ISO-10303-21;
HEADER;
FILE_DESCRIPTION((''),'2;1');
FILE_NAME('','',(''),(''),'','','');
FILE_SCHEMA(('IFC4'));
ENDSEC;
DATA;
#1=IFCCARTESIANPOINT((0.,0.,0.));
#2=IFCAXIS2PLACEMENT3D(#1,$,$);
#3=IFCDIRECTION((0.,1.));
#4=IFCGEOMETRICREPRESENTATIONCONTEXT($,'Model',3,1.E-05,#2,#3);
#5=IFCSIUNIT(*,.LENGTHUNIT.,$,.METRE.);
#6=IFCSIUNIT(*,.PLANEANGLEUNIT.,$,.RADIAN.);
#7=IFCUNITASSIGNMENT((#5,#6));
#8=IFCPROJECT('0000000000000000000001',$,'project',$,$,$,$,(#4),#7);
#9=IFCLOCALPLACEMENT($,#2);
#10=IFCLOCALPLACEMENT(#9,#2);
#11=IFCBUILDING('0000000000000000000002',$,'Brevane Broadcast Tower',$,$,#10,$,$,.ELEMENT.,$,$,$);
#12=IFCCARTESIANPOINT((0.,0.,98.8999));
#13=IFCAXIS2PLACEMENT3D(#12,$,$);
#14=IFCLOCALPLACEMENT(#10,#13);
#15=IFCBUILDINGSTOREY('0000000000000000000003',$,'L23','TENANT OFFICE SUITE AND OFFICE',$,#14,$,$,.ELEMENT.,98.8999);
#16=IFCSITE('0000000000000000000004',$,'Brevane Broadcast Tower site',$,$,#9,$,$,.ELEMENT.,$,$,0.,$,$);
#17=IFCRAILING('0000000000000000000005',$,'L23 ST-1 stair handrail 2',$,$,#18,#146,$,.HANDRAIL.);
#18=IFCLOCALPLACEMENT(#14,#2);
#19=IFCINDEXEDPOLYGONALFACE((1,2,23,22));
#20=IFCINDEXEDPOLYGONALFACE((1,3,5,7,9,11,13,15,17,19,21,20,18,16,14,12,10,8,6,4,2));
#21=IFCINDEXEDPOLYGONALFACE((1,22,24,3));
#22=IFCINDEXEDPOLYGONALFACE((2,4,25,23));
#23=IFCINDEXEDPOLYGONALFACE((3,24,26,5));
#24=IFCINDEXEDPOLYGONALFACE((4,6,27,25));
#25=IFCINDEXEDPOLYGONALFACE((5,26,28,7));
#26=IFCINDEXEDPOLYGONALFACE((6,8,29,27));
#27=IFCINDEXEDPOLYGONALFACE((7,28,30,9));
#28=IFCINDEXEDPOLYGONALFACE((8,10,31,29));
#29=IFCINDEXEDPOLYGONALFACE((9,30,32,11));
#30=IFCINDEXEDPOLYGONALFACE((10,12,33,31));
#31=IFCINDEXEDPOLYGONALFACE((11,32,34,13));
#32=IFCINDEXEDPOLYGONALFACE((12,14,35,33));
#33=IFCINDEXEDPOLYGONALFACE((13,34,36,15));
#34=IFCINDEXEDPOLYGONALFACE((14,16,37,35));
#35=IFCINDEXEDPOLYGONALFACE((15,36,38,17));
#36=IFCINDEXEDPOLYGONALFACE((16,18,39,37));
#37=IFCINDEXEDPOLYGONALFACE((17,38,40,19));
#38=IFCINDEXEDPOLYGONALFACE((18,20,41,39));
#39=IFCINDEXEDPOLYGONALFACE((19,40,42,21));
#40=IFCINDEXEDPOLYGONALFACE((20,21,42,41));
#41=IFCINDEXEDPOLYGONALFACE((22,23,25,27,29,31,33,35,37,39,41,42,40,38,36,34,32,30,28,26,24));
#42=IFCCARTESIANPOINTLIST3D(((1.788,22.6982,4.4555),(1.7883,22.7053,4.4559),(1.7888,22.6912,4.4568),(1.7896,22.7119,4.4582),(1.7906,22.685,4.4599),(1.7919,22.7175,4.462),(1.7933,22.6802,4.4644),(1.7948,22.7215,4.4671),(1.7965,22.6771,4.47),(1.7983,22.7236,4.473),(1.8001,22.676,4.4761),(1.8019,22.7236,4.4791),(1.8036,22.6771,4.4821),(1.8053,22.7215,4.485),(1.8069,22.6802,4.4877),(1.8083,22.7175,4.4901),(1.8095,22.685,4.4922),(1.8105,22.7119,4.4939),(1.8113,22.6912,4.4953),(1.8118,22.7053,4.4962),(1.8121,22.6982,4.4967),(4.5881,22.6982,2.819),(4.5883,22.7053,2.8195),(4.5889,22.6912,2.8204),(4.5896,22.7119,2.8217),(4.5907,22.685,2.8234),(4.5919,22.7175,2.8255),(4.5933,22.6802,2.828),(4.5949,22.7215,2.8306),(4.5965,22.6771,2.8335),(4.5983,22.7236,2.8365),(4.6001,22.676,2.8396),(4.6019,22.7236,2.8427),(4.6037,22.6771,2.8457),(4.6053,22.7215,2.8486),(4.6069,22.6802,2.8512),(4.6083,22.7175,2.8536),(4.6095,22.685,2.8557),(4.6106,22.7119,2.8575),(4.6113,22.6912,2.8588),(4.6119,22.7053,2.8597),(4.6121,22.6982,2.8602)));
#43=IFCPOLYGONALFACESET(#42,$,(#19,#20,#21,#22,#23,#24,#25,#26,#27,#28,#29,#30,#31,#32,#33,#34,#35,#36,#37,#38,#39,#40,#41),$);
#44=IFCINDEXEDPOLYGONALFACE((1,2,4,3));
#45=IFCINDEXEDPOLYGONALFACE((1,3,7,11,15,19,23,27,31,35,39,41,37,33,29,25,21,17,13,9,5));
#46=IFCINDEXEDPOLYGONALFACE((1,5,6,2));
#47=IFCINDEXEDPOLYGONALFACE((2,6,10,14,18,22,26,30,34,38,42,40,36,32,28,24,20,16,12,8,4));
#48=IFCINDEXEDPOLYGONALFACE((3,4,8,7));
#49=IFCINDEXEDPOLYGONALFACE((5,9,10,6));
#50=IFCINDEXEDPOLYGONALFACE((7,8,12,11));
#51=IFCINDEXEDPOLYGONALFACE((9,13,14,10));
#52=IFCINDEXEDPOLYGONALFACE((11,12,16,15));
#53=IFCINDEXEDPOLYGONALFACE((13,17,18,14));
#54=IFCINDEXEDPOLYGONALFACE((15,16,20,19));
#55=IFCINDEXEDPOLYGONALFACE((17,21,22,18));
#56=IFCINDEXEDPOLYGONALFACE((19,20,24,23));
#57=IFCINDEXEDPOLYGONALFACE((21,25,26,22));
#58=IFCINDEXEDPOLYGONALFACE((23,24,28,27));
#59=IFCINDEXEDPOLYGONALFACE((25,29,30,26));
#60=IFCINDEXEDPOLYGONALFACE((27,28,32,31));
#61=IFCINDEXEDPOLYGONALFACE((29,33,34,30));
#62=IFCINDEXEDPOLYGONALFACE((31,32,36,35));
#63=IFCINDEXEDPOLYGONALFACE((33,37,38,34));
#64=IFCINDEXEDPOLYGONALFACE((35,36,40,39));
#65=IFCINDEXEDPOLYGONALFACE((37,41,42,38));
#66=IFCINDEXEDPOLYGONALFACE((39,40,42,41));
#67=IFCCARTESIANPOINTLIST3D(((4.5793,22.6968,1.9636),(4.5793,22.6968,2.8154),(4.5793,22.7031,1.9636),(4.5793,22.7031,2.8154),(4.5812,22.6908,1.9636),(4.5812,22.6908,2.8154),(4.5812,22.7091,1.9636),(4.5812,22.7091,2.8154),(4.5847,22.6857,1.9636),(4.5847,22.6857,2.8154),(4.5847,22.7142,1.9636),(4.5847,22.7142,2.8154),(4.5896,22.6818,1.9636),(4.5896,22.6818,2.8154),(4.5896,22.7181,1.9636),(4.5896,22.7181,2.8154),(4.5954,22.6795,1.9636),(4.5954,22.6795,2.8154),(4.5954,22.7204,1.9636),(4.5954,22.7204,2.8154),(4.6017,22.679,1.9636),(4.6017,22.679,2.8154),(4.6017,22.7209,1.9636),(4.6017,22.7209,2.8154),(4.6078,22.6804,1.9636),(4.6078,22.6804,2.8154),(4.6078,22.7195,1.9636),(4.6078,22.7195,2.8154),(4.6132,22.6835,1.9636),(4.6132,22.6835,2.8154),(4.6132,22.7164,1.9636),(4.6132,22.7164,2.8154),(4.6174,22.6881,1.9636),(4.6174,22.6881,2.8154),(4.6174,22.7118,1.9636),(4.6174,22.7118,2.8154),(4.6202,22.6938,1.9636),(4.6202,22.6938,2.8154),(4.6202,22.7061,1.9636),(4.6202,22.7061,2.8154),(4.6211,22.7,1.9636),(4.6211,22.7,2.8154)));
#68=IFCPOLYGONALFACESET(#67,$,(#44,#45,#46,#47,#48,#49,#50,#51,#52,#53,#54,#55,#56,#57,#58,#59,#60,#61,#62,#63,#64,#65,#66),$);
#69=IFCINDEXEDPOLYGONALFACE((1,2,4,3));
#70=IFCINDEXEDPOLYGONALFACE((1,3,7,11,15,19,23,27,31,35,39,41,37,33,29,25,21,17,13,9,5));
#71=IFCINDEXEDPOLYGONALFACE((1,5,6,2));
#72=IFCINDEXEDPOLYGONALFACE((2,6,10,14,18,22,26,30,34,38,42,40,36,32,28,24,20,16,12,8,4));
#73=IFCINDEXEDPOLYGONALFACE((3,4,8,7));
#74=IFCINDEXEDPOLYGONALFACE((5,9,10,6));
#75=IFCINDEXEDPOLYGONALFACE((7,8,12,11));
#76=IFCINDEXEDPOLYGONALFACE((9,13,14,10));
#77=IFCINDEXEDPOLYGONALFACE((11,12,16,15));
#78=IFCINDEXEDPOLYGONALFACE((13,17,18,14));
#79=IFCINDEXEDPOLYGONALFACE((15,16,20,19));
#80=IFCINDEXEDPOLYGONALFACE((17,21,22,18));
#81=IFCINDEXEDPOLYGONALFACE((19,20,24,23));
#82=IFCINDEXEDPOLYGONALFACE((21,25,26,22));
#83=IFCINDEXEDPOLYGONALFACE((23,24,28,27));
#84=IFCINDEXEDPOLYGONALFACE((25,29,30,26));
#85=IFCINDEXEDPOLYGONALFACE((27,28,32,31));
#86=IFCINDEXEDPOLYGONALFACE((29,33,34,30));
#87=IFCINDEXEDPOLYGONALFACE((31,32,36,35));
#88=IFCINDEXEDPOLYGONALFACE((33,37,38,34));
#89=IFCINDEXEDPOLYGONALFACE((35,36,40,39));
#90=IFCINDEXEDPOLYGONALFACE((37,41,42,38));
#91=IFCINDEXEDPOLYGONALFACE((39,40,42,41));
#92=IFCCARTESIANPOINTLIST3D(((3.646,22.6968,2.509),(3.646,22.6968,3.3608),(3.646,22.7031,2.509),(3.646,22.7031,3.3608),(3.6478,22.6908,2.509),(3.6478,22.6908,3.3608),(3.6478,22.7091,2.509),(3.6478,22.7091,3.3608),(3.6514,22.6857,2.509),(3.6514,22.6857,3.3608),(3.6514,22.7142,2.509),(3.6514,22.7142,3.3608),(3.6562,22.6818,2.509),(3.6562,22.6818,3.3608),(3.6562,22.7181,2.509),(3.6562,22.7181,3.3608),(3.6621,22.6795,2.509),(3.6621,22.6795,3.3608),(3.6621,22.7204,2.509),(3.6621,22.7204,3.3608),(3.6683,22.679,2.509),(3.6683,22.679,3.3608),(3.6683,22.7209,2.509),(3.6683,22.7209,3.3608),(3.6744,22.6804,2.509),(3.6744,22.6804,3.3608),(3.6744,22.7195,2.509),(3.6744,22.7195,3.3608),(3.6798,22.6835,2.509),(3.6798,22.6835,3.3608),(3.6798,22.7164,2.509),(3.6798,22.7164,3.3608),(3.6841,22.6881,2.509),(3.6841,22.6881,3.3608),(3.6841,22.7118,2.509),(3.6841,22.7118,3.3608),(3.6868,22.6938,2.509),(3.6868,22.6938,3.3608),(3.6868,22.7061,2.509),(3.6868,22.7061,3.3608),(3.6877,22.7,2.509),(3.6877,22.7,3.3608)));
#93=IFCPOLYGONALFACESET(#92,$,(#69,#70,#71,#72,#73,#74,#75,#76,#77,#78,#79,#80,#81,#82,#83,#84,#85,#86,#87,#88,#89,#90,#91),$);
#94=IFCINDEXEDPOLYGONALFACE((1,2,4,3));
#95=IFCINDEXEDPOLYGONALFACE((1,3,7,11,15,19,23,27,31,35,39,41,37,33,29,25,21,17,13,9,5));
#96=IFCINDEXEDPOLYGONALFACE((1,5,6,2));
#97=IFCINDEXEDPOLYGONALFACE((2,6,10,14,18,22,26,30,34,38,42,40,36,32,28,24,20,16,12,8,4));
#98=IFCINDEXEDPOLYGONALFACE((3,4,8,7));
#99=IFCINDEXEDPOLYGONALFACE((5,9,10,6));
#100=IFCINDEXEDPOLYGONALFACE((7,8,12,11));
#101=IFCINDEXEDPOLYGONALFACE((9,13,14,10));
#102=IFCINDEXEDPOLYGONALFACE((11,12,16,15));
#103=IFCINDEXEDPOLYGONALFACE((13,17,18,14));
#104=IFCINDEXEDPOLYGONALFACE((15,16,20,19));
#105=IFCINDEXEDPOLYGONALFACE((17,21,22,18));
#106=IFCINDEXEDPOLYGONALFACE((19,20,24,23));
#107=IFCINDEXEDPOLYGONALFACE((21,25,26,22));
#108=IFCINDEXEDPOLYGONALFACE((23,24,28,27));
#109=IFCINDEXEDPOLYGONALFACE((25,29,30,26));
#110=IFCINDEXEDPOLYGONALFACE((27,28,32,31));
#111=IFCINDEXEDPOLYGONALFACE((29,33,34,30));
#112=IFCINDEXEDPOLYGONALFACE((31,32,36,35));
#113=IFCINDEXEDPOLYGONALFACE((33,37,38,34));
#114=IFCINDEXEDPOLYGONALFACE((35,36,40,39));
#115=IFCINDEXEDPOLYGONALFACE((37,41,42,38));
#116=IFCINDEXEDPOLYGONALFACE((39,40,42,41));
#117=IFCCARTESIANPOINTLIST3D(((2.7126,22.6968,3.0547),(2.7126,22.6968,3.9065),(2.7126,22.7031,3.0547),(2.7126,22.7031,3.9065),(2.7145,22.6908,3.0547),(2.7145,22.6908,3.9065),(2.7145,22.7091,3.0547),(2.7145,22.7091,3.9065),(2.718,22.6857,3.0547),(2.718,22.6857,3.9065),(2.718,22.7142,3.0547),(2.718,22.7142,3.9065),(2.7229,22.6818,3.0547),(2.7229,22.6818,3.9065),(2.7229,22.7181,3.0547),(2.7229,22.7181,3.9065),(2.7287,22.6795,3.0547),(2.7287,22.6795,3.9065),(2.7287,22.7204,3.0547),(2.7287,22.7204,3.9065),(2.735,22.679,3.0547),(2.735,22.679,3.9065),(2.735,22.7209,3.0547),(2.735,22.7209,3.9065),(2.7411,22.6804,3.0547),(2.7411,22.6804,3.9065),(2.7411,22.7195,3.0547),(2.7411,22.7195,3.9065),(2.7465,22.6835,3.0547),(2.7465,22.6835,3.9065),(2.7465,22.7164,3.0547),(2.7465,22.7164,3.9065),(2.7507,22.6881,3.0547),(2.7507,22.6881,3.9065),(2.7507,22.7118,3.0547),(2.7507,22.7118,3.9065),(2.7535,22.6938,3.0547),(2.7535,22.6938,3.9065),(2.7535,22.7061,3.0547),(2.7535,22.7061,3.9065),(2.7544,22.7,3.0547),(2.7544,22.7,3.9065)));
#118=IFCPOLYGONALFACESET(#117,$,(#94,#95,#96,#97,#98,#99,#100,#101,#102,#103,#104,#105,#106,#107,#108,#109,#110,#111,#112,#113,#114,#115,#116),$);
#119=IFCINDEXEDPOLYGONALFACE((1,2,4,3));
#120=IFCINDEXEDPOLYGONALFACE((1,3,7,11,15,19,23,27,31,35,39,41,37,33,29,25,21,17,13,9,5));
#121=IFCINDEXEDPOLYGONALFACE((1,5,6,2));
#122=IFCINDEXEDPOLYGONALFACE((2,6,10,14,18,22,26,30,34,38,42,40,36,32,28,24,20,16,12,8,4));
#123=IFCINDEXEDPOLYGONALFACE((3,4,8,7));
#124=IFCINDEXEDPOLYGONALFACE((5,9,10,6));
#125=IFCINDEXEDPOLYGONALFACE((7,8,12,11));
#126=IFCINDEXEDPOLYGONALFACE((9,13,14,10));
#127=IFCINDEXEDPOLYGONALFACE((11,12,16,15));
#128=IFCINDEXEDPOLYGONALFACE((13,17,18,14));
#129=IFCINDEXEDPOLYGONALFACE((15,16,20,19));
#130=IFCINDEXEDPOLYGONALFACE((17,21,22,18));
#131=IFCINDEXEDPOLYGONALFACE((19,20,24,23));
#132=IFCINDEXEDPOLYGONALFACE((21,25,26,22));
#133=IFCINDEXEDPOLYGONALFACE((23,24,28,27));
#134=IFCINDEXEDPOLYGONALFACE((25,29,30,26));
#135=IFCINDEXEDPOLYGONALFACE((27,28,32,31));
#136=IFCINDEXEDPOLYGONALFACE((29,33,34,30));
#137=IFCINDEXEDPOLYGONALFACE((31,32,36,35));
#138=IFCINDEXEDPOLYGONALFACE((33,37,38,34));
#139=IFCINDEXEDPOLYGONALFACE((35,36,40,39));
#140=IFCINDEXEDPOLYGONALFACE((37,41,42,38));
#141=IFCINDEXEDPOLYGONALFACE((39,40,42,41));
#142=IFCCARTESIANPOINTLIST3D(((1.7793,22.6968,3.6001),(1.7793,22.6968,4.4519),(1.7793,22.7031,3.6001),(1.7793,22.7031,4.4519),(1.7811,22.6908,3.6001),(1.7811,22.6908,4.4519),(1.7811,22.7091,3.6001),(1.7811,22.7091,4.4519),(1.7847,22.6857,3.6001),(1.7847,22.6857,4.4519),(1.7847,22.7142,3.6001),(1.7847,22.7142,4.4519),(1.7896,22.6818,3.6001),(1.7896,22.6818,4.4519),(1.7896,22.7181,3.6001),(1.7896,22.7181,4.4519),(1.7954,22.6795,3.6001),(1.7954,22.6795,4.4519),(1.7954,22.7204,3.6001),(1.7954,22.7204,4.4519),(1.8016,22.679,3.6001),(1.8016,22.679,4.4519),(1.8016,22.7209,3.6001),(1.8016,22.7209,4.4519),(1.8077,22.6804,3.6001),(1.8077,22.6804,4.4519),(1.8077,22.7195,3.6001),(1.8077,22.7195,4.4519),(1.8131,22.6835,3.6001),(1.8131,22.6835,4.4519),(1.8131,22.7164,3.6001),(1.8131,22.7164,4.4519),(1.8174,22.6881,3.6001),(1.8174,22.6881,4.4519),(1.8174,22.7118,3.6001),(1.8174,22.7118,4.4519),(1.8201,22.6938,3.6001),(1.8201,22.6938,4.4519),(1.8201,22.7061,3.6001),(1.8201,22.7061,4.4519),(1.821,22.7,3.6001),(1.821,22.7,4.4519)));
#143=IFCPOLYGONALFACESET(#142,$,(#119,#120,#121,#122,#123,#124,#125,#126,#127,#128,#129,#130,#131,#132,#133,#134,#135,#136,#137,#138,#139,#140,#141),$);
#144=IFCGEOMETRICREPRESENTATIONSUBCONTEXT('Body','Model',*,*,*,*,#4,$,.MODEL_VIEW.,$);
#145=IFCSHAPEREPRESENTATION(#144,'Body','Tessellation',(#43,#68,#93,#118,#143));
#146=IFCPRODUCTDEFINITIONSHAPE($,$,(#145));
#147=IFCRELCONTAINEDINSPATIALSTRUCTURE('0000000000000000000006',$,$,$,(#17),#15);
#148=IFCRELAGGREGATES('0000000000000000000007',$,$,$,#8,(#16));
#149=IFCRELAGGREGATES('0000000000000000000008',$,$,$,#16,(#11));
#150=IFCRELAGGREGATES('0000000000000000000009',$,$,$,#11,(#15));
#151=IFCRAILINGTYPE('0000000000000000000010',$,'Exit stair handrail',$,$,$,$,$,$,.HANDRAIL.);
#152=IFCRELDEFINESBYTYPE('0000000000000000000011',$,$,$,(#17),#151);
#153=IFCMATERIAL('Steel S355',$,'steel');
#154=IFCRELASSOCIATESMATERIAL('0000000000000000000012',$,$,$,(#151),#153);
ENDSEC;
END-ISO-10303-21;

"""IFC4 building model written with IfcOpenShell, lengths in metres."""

from ifc_helpers import new_model, si_unit, direction, frame, origin, origin_2d, place, context, subcontext, project, spatial, circle, extrude, material, type_object, element, save


model = new_model("IFC4")

# Units and contexts
model_context = context("Model", 3, precision=1e-05, world=origin(), true_north=direction((0.0, 1.0)))
body_context = subcontext(model_context, "Body", "Model", "MODEL_VIEW")
ifc_project = project(units=[si_unit("LENGTHUNIT", "METRE"), si_unit("PLANEANGLEUNIT", "RADIAN")], contexts=[model_context])

# Site, building, storey
site_placement = place(None, origin())
site = spatial("IfcSite", under=ifc_project, at=site_placement, Name="Brevane Broadcast Tower site", CompositionType="ELEMENT", RefElevation=0.0)
building_placement = place(site_placement, origin())
building = spatial("IfcBuilding", under=site, at=building_placement, Name="Brevane Broadcast Tower", CompositionType="ELEMENT")
storey_placement = place(building_placement, frame((0.0, 0.0, 98.8999)))
storey = spatial("IfcBuildingStorey", under=building, at=storey_placement, Name="L23", Description="TENANT OFFICE SUITE AND OFFICE", CompositionType="ELEMENT", Elevation=98.8999)

# Railing
ifc_material_1 = material(Name="Steel S355", Category="steel")
railing_type_1 = type_object("IfcRailingType", Name="Exit stair handrail", PredefinedType="HANDRAIL", material=ifc_material_1)
railing_1_placement = place(storey_placement, frame((4.6001, 22.7, 1.9636)))
element("IfcRailing", 1, at=railing_1_placement, inside=storey, type_object=railing_type_1, Name="L23 ST-1 stair handrail 2", PredefinedType="HANDRAIL", context=body_context, shape_type="SweptSolid", body=[
    extrude(circle(Radius=0.0239, at=origin_2d()), frame((0.0, 0.0, 0.876), z_axis=(-0.863361, 0.0, 0.504587), x_axis=(0.0, -1.0, 0.0)), (0.0, 0.0, 1.0), 3.2432),
    extrude(circle(Radius=0.021, at=origin_2d()), origin(), (0.0, 0.0, 1.0), 0.8518),
    extrude(circle(Radius=0.021, at=origin_2d()), frame((-0.9333, 0.0, 0.5454)), (0.0, 0.0, 1.0), 0.8518),
    extrude(circle(Radius=0.021, at=origin_2d()), frame((-1.8667, 0.0, 1.0911)), (0.0, 0.0, 1.0), 0.8518),
    extrude(circle(Radius=0.021, at=origin_2d()), frame((-2.8, 0.0, 1.6365)), (0.0, 0.0, 1.0), 0.8518),
])

save(model, "model.ifc")
